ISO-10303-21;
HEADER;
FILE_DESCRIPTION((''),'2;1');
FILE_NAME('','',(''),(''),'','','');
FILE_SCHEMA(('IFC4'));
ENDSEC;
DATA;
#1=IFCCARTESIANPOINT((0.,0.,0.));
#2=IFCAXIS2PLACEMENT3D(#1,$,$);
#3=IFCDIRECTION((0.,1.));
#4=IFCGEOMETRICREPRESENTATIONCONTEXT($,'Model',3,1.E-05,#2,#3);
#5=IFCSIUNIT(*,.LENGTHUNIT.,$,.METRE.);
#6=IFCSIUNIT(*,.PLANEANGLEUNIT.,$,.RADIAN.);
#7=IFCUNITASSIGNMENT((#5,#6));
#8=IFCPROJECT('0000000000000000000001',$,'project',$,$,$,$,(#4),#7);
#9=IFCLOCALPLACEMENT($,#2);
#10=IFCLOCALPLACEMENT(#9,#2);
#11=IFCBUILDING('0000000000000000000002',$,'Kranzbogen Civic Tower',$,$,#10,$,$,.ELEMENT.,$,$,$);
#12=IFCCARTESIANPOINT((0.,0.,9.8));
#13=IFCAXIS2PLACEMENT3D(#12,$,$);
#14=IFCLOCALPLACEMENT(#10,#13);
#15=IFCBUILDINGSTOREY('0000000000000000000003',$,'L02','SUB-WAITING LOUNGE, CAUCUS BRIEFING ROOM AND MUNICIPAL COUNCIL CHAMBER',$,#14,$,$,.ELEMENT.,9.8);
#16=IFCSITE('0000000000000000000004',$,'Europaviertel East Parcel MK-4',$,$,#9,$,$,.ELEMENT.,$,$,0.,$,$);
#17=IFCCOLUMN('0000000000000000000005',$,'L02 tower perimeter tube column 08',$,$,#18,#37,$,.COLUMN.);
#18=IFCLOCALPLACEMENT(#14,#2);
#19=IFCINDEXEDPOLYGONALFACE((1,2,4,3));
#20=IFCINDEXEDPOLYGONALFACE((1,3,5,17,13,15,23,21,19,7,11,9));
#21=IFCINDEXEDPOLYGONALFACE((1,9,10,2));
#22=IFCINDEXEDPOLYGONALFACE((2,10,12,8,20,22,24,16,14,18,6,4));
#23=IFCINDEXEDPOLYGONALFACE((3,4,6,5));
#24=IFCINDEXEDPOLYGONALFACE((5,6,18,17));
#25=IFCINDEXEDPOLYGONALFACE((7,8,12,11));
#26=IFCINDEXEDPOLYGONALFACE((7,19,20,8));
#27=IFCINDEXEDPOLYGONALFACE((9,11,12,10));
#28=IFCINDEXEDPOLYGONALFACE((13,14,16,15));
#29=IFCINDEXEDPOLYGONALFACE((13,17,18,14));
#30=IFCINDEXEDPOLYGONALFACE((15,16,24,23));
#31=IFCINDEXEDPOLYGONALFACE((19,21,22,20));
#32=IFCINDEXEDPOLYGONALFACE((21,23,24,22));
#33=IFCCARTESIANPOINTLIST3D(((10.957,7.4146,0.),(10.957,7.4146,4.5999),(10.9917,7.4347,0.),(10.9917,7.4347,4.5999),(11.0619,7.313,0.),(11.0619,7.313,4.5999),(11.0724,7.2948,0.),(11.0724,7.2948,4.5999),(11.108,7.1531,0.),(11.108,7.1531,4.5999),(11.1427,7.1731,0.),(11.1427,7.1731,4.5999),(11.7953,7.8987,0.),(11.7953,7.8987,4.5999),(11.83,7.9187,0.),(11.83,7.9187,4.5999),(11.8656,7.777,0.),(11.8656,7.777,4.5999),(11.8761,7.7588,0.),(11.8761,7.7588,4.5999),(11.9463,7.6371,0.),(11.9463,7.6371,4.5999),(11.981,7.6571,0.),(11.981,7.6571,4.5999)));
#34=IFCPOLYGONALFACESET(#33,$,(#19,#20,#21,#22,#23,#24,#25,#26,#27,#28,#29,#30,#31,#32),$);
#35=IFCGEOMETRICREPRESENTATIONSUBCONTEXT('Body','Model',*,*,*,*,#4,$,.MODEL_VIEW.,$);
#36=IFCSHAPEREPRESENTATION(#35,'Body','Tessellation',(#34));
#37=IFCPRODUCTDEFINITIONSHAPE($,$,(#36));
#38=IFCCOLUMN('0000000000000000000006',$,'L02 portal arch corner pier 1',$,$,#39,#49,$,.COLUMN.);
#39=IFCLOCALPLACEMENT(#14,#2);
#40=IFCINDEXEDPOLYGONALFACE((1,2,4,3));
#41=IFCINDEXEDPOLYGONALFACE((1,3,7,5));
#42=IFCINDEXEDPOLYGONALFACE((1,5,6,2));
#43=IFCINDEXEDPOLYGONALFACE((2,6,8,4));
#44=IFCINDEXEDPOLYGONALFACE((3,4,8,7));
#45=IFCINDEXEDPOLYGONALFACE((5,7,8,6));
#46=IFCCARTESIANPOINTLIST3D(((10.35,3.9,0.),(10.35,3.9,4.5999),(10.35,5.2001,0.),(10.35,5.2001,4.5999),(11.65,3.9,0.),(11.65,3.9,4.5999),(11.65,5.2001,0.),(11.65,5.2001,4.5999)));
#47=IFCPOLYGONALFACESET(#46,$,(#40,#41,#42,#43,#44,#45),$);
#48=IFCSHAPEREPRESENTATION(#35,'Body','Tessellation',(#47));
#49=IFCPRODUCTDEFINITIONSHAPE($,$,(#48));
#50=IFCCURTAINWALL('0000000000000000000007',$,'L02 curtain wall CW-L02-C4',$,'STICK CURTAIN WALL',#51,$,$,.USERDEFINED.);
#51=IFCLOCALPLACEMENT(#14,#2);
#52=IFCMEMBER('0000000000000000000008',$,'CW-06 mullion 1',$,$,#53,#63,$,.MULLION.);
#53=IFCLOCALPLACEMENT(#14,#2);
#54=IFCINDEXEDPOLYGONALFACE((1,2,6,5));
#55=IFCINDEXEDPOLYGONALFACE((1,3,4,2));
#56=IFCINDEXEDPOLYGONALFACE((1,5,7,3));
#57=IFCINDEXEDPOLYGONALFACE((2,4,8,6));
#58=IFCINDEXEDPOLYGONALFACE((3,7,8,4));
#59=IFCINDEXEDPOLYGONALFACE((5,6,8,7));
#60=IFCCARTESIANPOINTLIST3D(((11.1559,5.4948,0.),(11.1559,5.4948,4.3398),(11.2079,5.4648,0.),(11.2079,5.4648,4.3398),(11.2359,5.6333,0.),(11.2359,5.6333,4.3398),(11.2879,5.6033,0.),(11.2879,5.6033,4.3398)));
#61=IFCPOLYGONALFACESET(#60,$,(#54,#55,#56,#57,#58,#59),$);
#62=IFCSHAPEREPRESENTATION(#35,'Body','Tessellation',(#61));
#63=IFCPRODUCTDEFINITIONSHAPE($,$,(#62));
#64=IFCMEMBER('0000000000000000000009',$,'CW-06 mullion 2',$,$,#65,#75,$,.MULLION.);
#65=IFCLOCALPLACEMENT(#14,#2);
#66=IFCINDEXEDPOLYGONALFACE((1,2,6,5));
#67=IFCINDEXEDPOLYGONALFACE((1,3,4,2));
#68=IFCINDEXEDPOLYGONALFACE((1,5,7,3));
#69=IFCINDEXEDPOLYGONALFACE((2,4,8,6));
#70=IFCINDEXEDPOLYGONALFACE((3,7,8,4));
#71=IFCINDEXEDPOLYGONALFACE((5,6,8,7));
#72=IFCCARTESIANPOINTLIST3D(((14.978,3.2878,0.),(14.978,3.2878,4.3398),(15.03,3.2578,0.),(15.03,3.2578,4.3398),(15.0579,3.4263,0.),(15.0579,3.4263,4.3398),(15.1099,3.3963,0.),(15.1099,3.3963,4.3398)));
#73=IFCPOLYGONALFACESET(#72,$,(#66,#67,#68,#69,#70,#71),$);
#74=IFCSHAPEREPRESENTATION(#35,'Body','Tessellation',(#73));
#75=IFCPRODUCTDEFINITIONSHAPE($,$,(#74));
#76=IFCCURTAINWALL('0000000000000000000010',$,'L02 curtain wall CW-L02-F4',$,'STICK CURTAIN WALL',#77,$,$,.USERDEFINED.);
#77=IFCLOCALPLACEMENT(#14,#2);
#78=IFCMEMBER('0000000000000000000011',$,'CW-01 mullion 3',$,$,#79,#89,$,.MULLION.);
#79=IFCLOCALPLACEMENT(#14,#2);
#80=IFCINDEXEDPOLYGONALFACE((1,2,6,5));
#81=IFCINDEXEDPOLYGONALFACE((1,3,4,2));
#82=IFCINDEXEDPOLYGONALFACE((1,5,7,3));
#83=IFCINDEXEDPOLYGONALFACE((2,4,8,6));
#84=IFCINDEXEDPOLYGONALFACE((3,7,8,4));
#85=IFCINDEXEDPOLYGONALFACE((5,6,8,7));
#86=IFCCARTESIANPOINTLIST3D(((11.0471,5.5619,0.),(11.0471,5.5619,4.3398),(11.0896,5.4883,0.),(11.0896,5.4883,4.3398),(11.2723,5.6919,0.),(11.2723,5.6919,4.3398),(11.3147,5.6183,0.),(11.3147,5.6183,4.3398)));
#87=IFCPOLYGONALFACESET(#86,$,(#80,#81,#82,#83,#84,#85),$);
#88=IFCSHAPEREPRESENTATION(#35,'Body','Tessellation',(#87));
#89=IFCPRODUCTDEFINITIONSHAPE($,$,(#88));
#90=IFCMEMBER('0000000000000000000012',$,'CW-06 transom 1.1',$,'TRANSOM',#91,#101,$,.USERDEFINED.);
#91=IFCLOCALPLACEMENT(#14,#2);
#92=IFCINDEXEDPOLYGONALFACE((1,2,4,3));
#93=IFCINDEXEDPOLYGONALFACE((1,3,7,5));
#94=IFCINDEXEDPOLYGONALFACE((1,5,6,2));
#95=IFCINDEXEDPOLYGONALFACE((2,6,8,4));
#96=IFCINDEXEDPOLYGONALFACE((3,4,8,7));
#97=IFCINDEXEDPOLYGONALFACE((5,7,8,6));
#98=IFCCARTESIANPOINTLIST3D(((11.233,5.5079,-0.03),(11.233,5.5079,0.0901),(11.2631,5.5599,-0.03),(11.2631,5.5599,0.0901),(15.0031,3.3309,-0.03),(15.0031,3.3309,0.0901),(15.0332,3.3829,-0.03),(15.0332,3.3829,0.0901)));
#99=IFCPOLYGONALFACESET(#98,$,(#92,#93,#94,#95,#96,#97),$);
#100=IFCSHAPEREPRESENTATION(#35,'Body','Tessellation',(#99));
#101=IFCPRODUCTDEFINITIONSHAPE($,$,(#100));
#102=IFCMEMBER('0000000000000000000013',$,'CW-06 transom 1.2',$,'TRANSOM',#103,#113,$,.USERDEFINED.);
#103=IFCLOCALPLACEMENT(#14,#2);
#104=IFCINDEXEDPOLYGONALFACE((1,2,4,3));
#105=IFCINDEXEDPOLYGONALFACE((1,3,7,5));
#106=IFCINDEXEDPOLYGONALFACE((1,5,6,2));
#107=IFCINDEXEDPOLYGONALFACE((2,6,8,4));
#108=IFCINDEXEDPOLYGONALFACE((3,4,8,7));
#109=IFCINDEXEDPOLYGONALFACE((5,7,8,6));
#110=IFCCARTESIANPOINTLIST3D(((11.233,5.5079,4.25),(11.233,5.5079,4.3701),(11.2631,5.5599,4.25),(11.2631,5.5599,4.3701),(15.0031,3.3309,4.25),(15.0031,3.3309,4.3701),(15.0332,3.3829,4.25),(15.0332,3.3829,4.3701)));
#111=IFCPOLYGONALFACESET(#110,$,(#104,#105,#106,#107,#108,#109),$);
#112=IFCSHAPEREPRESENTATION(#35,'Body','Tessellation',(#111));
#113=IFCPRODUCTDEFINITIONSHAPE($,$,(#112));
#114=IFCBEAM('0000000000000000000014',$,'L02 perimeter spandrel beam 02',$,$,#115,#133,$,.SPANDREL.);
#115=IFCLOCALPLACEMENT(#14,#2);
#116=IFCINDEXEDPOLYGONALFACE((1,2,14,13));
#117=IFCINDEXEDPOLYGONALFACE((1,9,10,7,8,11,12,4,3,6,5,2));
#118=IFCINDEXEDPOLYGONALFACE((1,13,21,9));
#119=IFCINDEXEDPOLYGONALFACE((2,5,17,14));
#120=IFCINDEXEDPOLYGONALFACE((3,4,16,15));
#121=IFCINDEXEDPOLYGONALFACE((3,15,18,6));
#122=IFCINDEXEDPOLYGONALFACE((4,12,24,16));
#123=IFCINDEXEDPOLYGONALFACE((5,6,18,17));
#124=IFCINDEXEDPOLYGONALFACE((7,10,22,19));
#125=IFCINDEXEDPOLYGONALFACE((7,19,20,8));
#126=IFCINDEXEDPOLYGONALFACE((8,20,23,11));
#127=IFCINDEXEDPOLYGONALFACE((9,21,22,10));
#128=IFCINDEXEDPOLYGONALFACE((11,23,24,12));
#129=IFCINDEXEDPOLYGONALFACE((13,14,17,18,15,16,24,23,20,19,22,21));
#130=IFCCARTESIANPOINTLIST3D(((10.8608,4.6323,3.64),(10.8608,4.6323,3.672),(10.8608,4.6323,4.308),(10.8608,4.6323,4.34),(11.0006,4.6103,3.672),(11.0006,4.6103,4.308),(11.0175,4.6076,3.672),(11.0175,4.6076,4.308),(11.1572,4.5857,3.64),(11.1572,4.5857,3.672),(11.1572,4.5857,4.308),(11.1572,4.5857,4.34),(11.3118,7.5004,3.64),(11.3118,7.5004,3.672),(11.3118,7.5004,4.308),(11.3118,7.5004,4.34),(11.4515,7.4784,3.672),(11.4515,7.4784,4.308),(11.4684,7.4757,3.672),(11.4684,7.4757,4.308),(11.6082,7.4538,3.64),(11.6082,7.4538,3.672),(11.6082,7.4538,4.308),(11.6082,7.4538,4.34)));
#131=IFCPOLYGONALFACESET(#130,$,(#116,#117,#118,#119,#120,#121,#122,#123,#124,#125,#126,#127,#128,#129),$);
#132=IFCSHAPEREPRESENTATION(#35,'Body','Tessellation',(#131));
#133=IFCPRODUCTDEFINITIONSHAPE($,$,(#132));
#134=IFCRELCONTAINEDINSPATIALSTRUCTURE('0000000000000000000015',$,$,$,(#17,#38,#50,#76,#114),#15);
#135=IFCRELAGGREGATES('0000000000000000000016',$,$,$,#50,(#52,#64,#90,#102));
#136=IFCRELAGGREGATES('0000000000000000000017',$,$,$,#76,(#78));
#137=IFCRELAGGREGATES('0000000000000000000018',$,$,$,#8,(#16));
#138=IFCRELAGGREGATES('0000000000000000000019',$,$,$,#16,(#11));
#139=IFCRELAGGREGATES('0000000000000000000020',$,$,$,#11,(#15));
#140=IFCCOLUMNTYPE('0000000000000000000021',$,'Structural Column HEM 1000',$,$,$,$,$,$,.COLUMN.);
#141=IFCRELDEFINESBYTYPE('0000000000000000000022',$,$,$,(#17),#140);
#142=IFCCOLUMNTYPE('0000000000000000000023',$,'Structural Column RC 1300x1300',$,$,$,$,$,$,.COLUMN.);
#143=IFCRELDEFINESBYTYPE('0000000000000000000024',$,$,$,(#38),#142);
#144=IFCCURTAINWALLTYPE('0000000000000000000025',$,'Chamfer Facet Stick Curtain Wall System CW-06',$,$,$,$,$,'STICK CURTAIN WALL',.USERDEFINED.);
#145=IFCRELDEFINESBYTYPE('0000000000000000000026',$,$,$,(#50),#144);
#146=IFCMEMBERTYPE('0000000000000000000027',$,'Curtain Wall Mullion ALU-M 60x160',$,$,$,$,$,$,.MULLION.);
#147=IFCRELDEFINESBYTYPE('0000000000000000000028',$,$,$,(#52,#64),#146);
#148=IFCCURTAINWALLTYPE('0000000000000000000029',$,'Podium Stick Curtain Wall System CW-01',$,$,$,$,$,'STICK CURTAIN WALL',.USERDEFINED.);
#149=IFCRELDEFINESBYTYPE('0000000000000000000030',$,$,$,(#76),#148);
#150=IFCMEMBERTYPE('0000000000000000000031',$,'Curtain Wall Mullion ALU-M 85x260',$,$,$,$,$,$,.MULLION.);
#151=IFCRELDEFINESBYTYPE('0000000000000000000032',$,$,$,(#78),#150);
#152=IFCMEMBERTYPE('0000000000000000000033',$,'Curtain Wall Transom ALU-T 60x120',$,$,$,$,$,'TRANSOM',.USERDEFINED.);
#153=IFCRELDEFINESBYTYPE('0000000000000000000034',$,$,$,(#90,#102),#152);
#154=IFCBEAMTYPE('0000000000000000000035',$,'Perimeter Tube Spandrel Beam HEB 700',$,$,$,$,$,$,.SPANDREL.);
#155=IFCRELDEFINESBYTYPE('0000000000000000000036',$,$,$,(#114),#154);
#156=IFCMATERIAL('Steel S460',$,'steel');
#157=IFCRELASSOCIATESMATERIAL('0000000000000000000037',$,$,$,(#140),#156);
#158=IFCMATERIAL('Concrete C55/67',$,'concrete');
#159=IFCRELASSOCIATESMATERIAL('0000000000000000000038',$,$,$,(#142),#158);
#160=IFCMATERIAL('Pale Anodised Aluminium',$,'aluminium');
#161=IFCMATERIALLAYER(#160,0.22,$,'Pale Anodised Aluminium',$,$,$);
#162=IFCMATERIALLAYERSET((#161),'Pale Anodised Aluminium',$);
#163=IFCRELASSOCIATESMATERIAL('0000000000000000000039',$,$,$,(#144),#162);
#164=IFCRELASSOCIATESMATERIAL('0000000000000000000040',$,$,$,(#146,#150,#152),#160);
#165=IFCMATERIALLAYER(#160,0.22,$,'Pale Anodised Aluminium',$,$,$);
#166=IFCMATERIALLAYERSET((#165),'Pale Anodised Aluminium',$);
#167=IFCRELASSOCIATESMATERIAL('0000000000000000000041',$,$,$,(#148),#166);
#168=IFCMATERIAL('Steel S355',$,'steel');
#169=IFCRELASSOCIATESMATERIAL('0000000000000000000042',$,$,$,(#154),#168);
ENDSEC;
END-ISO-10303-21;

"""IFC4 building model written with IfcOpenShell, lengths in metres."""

from ifc_helpers import new_model, si_unit, direction, frame, origin, origin_2d, place, context, subcontext, project, spatial, rectangle, i_section, extrude, material, layer, layer_set, material_profile, profile_set, type_object, element, aggregate, save


model = new_model("IFC4")

# Units and contexts
model_context = context("Model", 3, precision=1e-05, world=origin(), true_north=direction((0.0, 1.0)))
body_context = subcontext(model_context, "Body", "Model", "MODEL_VIEW")
ifc_project = project(units=[si_unit("LENGTHUNIT", "METRE"), si_unit("PLANEANGLEUNIT", "RADIAN")], contexts=[model_context])

# Site, building, storey
site_placement = place(None, origin())
site = spatial("IfcSite", under=ifc_project, at=site_placement, Name="Europaviertel East Parcel MK-4", CompositionType="ELEMENT", RefElevation=0.0)
building_placement = place(site_placement, origin())
building = spatial("IfcBuilding", under=site, at=building_placement, Name="Kranzbogen Civic Tower", CompositionType="ELEMENT")
storey_placement = place(building_placement, frame((0.0, 0.0, 9.8)))
storey = spatial("IfcBuildingStorey", under=building, at=storey_placement, Name="L02", Description="SUB-WAITING LOUNGE, CAUCUS BRIEFING ROOM AND MUNICIPAL COUNCIL CHAMBER", CompositionType="ELEMENT", Elevation=9.8)

# Columns
ifc_material_1 = material(Name="Steel S460", Category="steel")
ifc_material_profile_1 = material_profile(ifc_material_1, i_section(OverallWidth=0.302, OverallDepth=1.0081, WebThickness=0.021, FlangeThickness=0.04, at=origin_2d()), Name="HEM 1000")
ifc_profile_set_1 = profile_set([ifc_material_profile_1], Name="Steel S460")
column_type_1 = type_object("IfcColumnType", Name="Structural Column HEM 1000", PredefinedType="COLUMN", material=ifc_profile_set_1)
column_1_placement = place(storey_placement, frame((11.469, 7.5359, 0.0), z_axis=(0.0, 0.0, 1.0), x_axis=(-0.5, 0.866025, 0.0)))
element("IfcColumn", 1, at=column_1_placement, inside=storey, type_object=column_type_1, Name="L02 tower perimeter tube column 08", PredefinedType="COLUMN", context=body_context, shape_type="SweptSolid", body=[
    extrude(i_section(OverallWidth=0.302, OverallDepth=1.0081, WebThickness=0.021, FlangeThickness=0.04, at=origin_2d()), origin(), (0.0, 0.0, 1.0), 4.5999),
])
ifc_material_2 = material(Name="Concrete C55/67", Category="concrete")
ifc_material_profile_2 = material_profile(ifc_material_2, rectangle(XDim=1.3, YDim=1.3, at=origin_2d()), Name="RC 1300x1300")
ifc_profile_set_2 = profile_set([ifc_material_profile_2], Name="Concrete C55/67")
column_type_2 = type_object("IfcColumnType", Name="Structural Column RC 1300x1300", PredefinedType="COLUMN", material=ifc_profile_set_2)
column_2_placement = place(storey_placement, frame((11.0, 4.55, 0.0), z_axis=(0.0, 0.0, 1.0), x_axis=(1.0, 0.0, 0.0)))
element("IfcColumn", 2, at=column_2_placement, inside=storey, type_object=column_type_2, Name="L02 portal arch corner pier 1", PredefinedType="COLUMN", context=body_context, shape_type="SweptSolid", body=[
    extrude(rectangle(XDim=1.3, YDim=1.3, at=origin_2d()), origin(), (0.0, 0.0, 1.0), 4.5999),
])

# Curtain wall, members
ifc_material_3 = material(Name="Pale Anodised Aluminium", Category="aluminium")
ifc_layer_1 = layer(ifc_material_3, 0.22, Name="Pale Anodised Aluminium")
ifc_layer_set_1 = layer_set([ifc_layer_1], Name="Pale Anodised Aluminium")
curtain_wall_type_1 = type_object("IfcCurtainWallType", Name="Chamfer Facet Stick Curtain Wall System CW-06", ElementType="STICK CURTAIN WALL", PredefinedType="USERDEFINED", material=ifc_layer_set_1)
curtain_wall_1_placement = place(storey_placement, origin())
curtain_wall_1 = element("IfcCurtainWall", 3, at=curtain_wall_1_placement, inside=storey, type_object=curtain_wall_type_1, Name="L02 curtain wall CW-L02-C4", ObjectType="STICK CURTAIN WALL", PredefinedType="USERDEFINED")
ifc_material_profile_3 = material_profile(ifc_material_3, rectangle(XDim=0.0601, YDim=0.1599, at=origin_2d()), Name="ALU-M 60x160")
ifc_profile_set_3 = profile_set([ifc_material_profile_3], Name="Pale Anodised Aluminium")
member_type_1 = type_object("IfcMemberType", Name="Curtain Wall Mullion ALU-M 60x160", PredefinedType="MULLION", material=ifc_profile_set_3)
member_1_placement = place(storey_placement, frame((11.2219, 5.5491, 0.0), z_axis=(0.0, 0.0, 1.0), x_axis=(0.865992, -0.500058, 0.0)))
member_1 = element("IfcMember", 4, at=member_1_placement, type_object=member_type_1, Name="CW-06 mullion 1", PredefinedType="MULLION", context=body_context, shape_type="SweptSolid", body=[
    extrude(rectangle(XDim=0.0601, YDim=0.1599, at=origin_2d()), origin(), (0.0, 0.0, 1.0), 4.3398),
])
member_2_placement = place(storey_placement, frame((15.0439, 3.342, 0.0), z_axis=(0.0, 0.0, 1.0), x_axis=(0.865992, -0.500058, 0.0)))
member_2 = element("IfcMember", 5, at=member_2_placement, type_object=member_type_1, Name="CW-06 mullion 2", PredefinedType="MULLION", context=body_context, shape_type="SweptSolid", body=[
    extrude(rectangle(XDim=0.0601, YDim=0.1599, at=origin_2d()), origin(), (0.0, 0.0, 1.0), 4.3398),
])

# Curtain wall, member
ifc_layer_2 = layer(ifc_material_3, 0.22, Name="Pale Anodised Aluminium")
ifc_layer_set_2 = layer_set([ifc_layer_2], Name="Pale Anodised Aluminium")
curtain_wall_type_2 = type_object("IfcCurtainWallType", Name="Podium Stick Curtain Wall System CW-01", ElementType="STICK CURTAIN WALL", PredefinedType="USERDEFINED", material=ifc_layer_set_2)
curtain_wall_2_placement = place(storey_placement, origin())
curtain_wall_2 = element("IfcCurtainWall", 6, at=curtain_wall_2_placement, inside=storey, type_object=curtain_wall_type_2, Name="L02 curtain wall CW-L02-F4", ObjectType="STICK CURTAIN WALL", PredefinedType="USERDEFINED")
ifc_material_profile_4 = material_profile(ifc_material_3, rectangle(XDim=0.085, YDim=0.26, at=origin_2d()), Name="ALU-M 85x260")
ifc_profile_set_4 = profile_set([ifc_material_profile_4], Name="Pale Anodised Aluminium")
member_type_2 = type_object("IfcMemberType", Name="Curtain Wall Mullion ALU-M 85x260", PredefinedType="MULLION", material=ifc_profile_set_4)
member_3_placement = place(storey_placement, frame((11.1809, 5.5901, 0.0), z_axis=(0.0, 0.0, 1.0), x_axis=(0.500006, -0.866022, 0.0)))
member_3 = element("IfcMember", 7, at=member_3_placement, type_object=member_type_2, Name="CW-01 mullion 3", PredefinedType="MULLION", context=body_context, shape_type="SweptSolid", body=[
    extrude(rectangle(XDim=0.085, YDim=0.26, at=origin_2d()), origin(), (0.0, 0.0, 1.0), 4.3398),
])

# Members
ifc_material_profile_5 = material_profile(ifc_material_3, rectangle(XDim=0.0601, YDim=0.1201, at=origin_2d()), Name="ALU-T 60x120")
ifc_profile_set_5 = profile_set([ifc_material_profile_5], Name="Pale Anodised Aluminium")
member_type_3 = type_object("IfcMemberType", Name="Curtain Wall Transom ALU-T 60x120", ElementType="TRANSOM", PredefinedType="USERDEFINED", material=ifc_profile_set_5)
member_4_placement = place(storey_placement, frame((11.248, 5.5339, 0.03), z_axis=(0.865988, -0.500065, 0.0), x_axis=(0.500065, 0.865988, 0.0)))
member_4 = element("IfcMember", 8, at=member_4_placement, type_object=member_type_3, Name="CW-06 transom 1.1", ObjectType="TRANSOM", PredefinedType="USERDEFINED", context=body_context, shape_type="SweptSolid", body=[
    extrude(rectangle(XDim=0.0601, YDim=0.1201, at=origin_2d()), origin(), (0.0, 0.0, 1.0), 4.3535),
])
member_5_placement = place(storey_placement, frame((11.248, 5.5339, 4.3101), z_axis=(0.865988, -0.500065, 0.0), x_axis=(0.500065, 0.865988, 0.0)))
member_5 = element("IfcMember", 9, at=member_5_placement, type_object=member_type_3, Name="CW-06 transom 1.2", ObjectType="TRANSOM", PredefinedType="USERDEFINED", context=body_context, shape_type="SweptSolid", body=[
    extrude(rectangle(XDim=0.0601, YDim=0.1201, at=origin_2d()), origin(), (0.0, 0.0, 1.0), 4.3535),
])

# Beam
ifc_material_4 = material(Name="Steel S355", Category="steel")
ifc_material_profile_6 = material_profile(ifc_material_4, i_section(OverallWidth=0.3, OverallDepth=0.7, WebThickness=0.0171, FlangeThickness=0.032, at=origin_2d()), Name="HEB 700")
ifc_profile_set_6 = profile_set([ifc_material_profile_6], Name="Steel S355")
beam_type_1 = type_object("IfcBeamType", Name="Perimeter Tube Spandrel Beam HEB 700", PredefinedType="SPANDREL", material=ifc_profile_set_6)
beam_1_placement = place(storey_placement, frame((11.46, 7.4771, 3.99), z_axis=(-0.155311, -0.987866, 0.0), x_axis=(0.987866, -0.155311, 0.0)))
element("IfcBeam", 10, at=beam_1_placement, inside=storey, type_object=beam_type_1, Name="L02 perimeter spandrel beam 02", PredefinedType="SPANDREL", context=body_context, shape_type="SweptSolid", body=[
    extrude(i_section(OverallWidth=0.3, OverallDepth=0.7, WebThickness=0.0171, FlangeThickness=0.032, at=origin_2d()), origin(), (0.0, 0.0, 1.0), 2.9033),
])

aggregate(curtain_wall_1, [member_1, member_2, member_4, member_5])
aggregate(curtain_wall_2, [member_3])

save(model, "model.ifc")
